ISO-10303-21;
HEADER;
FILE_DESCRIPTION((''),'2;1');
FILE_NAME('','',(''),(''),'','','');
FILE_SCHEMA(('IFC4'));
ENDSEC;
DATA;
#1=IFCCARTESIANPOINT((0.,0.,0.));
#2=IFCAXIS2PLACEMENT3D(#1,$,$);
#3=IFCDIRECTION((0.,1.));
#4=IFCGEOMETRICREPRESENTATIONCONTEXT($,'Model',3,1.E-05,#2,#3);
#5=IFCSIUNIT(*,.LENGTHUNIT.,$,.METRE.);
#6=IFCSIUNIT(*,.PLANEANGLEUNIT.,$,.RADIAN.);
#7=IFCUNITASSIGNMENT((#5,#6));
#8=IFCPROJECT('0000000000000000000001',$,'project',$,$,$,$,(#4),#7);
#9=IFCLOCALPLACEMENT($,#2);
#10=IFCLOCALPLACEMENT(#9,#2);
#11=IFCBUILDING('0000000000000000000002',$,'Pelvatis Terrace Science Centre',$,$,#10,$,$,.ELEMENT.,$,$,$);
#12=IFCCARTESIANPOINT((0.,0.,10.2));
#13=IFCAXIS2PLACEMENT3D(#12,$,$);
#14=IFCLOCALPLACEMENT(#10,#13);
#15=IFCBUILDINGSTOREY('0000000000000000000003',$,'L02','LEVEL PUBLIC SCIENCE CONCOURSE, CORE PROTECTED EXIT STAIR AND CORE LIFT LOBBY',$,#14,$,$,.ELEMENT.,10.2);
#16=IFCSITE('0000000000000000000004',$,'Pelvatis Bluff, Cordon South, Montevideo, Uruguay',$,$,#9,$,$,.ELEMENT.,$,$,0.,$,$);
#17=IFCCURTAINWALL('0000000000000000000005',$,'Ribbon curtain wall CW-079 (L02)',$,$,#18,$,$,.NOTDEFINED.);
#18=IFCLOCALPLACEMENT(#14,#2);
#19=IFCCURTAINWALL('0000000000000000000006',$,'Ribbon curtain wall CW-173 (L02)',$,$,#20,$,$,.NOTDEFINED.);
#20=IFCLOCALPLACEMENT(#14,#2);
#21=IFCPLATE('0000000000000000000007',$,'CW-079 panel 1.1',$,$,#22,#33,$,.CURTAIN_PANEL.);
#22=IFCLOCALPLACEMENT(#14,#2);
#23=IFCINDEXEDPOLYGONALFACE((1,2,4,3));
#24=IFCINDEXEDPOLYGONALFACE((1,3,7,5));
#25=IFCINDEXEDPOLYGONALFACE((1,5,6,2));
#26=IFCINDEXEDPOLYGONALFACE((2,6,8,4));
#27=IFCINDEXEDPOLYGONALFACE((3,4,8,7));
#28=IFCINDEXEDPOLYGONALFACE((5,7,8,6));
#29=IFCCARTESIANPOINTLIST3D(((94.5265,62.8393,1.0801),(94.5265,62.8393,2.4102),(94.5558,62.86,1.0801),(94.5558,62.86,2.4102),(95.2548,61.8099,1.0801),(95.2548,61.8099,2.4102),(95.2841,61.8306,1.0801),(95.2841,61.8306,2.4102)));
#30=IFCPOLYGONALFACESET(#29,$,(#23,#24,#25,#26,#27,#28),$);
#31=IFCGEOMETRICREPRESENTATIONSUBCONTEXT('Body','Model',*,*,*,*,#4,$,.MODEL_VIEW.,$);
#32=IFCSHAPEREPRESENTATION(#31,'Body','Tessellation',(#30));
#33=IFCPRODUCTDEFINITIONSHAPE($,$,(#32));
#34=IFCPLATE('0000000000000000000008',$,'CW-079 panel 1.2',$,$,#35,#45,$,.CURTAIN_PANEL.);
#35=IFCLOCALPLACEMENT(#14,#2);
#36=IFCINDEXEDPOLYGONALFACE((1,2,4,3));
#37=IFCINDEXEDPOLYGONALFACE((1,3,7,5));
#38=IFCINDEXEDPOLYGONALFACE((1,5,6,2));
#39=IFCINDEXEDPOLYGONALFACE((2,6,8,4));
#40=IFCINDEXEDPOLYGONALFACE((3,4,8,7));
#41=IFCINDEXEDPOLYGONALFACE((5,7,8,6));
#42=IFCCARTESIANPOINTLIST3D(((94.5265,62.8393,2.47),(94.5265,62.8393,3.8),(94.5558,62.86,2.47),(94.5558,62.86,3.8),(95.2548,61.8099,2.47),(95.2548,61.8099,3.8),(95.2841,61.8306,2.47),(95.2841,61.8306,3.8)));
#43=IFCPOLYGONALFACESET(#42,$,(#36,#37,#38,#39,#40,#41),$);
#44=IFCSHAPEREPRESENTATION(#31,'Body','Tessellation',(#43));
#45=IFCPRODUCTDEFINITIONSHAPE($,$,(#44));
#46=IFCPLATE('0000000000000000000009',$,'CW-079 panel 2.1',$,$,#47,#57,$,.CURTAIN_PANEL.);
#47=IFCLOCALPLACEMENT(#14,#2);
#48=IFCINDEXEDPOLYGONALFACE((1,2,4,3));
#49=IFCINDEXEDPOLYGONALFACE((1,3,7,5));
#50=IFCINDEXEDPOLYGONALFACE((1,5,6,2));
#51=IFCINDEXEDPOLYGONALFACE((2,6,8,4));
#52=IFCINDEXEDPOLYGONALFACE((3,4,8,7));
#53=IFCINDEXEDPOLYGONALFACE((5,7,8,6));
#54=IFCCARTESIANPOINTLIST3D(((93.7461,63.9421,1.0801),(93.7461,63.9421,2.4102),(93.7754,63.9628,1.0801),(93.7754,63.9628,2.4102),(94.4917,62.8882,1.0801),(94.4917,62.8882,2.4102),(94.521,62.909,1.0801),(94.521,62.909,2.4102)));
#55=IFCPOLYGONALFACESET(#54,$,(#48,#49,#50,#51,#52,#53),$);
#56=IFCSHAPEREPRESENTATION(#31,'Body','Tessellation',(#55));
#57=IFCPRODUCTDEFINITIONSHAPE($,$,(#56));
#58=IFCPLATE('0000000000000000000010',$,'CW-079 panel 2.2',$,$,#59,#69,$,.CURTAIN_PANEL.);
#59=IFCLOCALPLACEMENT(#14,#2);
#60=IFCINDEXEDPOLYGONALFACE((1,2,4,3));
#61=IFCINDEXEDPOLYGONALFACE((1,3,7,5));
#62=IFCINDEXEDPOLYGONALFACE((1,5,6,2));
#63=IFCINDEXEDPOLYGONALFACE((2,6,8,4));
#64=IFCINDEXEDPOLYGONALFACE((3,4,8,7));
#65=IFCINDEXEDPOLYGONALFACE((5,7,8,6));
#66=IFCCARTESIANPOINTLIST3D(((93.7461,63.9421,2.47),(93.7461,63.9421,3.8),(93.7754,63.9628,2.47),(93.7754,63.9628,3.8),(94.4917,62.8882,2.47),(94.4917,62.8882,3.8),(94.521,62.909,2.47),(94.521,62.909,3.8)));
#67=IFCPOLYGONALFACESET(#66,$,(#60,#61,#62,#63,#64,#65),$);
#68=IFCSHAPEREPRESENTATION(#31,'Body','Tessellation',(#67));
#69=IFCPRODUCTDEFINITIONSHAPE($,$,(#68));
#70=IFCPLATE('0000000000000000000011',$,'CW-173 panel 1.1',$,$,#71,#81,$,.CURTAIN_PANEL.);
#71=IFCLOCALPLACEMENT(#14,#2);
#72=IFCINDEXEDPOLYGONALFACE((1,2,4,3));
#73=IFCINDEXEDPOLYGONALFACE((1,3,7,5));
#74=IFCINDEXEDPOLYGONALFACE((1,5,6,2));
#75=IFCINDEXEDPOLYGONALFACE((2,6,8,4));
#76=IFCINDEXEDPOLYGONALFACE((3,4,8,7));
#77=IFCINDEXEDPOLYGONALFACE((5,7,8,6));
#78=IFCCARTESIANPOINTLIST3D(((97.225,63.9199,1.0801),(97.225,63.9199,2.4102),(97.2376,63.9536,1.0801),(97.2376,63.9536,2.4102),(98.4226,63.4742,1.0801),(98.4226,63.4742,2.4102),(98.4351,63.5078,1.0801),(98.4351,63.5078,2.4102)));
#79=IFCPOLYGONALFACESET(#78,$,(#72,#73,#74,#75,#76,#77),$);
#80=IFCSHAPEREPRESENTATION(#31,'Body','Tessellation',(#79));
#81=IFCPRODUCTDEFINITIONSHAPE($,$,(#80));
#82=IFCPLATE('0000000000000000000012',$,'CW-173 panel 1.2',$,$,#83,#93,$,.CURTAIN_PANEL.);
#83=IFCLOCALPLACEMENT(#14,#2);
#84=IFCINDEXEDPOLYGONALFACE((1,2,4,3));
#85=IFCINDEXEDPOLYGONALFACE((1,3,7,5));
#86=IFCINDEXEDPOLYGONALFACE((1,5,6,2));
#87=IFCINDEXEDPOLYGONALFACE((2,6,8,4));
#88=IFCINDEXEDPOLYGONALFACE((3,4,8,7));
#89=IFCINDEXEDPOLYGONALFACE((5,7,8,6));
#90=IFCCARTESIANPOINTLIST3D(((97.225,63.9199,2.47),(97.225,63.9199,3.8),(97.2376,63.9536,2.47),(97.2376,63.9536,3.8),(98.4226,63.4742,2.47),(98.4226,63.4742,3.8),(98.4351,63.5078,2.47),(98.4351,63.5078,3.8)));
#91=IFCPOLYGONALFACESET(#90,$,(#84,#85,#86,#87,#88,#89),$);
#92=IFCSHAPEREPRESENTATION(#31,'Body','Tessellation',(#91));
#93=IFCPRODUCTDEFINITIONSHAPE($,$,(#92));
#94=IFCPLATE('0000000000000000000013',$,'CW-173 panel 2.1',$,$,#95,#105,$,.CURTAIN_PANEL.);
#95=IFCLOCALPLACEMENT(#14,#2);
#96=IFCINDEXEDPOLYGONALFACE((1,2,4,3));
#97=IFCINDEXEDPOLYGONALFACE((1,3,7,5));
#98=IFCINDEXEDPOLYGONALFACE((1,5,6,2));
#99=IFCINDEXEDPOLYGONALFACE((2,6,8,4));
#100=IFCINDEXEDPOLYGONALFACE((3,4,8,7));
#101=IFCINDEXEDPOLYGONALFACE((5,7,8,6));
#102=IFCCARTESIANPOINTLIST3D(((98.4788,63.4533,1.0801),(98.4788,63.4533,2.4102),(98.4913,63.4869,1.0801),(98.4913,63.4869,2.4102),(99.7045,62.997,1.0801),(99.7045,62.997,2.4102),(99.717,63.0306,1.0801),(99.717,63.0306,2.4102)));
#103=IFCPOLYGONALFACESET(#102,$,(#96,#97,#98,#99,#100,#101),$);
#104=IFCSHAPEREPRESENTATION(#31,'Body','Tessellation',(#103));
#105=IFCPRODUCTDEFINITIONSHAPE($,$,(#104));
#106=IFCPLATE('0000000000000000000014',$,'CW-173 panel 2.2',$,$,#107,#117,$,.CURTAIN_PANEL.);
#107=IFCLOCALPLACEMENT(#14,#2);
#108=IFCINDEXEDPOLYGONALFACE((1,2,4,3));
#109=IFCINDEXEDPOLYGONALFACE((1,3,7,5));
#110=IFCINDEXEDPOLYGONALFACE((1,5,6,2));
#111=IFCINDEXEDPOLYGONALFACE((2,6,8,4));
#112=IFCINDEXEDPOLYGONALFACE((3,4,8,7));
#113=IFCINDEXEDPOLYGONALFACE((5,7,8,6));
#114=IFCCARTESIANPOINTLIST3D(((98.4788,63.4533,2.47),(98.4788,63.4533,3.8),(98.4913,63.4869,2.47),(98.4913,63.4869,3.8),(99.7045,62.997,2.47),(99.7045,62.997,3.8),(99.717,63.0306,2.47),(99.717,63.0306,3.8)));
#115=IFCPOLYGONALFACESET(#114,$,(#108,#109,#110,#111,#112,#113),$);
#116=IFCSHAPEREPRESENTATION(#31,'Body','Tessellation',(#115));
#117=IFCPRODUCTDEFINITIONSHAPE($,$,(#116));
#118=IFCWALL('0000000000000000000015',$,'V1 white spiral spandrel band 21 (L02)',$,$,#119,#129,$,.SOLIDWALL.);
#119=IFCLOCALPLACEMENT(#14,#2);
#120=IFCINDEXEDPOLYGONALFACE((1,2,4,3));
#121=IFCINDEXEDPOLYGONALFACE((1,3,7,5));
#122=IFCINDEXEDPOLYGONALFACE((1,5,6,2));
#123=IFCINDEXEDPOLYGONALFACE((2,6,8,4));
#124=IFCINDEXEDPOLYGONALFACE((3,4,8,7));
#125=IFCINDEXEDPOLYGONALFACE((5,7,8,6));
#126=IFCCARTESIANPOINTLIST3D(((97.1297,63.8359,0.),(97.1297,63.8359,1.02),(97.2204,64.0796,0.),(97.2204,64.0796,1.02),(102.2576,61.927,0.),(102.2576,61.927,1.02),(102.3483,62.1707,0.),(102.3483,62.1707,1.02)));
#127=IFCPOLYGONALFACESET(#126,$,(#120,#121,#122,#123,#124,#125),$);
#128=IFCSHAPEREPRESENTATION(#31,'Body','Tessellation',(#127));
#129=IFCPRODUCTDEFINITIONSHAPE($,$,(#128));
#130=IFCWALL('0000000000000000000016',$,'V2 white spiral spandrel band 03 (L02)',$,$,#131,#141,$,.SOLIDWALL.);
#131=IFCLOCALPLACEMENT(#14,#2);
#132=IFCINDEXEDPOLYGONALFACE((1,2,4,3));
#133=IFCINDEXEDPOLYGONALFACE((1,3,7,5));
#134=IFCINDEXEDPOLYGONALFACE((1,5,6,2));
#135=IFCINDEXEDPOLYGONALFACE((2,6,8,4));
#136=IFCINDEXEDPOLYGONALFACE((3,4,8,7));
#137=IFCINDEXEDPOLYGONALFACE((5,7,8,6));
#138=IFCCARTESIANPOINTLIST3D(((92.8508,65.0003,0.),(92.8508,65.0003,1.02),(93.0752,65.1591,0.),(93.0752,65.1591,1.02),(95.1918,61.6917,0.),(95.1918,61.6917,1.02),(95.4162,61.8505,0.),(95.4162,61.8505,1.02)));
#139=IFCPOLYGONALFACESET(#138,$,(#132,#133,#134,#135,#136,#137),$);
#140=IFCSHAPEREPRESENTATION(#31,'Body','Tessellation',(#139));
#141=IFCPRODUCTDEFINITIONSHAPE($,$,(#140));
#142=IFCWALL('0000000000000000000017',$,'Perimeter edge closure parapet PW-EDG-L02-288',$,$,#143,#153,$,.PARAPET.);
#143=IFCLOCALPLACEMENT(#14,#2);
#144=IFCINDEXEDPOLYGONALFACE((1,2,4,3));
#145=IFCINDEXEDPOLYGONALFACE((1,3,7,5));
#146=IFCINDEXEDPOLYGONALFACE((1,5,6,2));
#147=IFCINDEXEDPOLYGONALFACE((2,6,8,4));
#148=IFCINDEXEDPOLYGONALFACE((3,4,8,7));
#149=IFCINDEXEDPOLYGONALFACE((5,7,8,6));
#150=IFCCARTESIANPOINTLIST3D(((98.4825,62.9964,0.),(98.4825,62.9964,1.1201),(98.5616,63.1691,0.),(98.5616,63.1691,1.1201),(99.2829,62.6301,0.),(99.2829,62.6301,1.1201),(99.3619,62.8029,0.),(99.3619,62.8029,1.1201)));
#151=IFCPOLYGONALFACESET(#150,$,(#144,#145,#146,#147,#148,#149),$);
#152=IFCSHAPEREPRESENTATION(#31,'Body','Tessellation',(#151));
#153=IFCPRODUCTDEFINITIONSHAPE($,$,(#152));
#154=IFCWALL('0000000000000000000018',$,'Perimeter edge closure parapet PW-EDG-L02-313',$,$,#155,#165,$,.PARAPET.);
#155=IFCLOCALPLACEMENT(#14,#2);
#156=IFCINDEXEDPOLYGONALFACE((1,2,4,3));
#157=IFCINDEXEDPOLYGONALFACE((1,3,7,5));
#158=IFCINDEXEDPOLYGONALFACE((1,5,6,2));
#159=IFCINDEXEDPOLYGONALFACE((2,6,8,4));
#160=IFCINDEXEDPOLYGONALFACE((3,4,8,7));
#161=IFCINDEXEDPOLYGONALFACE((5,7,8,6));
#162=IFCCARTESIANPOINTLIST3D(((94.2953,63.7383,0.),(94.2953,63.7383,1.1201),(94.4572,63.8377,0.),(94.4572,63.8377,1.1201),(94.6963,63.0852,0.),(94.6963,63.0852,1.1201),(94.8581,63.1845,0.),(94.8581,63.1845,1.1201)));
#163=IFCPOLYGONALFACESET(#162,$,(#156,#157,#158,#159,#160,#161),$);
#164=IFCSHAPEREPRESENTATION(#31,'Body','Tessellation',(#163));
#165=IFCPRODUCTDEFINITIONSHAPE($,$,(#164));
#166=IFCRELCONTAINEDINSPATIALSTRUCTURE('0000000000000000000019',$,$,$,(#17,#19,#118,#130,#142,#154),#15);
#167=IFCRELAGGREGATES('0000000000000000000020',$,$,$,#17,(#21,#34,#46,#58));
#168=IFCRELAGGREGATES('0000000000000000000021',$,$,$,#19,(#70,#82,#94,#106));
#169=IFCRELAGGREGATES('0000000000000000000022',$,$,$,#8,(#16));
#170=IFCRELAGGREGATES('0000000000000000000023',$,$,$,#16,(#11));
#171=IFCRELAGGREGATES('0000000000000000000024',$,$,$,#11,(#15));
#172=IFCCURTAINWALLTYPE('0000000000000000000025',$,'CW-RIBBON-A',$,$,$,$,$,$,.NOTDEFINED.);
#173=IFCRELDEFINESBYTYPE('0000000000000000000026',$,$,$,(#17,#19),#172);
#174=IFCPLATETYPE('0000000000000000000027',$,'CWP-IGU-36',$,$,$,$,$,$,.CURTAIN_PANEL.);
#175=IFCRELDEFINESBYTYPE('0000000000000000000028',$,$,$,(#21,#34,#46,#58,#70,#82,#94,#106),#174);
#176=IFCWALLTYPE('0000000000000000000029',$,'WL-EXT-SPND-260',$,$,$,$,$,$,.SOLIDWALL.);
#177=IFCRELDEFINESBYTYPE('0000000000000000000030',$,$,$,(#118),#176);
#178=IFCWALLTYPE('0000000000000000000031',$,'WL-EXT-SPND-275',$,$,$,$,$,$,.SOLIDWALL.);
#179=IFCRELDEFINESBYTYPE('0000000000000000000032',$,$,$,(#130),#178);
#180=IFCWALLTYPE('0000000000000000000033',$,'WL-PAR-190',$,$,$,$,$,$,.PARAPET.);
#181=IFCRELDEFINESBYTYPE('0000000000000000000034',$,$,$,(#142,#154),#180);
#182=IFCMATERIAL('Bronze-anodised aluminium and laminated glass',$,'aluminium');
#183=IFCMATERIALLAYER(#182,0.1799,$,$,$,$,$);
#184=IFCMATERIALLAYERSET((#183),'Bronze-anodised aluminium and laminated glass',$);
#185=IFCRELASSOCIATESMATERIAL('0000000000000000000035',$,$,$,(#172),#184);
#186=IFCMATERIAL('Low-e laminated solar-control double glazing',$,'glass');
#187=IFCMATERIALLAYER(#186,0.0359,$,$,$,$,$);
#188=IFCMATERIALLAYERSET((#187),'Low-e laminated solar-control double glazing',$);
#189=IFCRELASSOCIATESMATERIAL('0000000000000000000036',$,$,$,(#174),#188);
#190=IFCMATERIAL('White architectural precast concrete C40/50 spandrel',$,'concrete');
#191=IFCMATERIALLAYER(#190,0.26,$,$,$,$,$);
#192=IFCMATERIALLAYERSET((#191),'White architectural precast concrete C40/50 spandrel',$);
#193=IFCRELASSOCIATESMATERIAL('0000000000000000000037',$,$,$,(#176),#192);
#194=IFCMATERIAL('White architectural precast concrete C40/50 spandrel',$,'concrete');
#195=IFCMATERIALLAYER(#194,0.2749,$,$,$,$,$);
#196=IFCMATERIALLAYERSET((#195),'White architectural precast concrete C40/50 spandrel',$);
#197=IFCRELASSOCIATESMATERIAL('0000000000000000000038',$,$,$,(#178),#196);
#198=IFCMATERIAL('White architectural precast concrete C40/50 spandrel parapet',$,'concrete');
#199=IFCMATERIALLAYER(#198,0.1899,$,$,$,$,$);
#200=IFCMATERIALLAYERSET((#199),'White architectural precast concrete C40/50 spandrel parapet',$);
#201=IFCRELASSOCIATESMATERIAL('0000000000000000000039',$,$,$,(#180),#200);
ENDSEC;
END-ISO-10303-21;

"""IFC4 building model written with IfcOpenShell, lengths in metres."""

from ifc_helpers import new_model, si_unit, direction, frame, frame_2d, origin, origin_2d, place, context, subcontext, project, spatial, rectangle, extrude, material, layer, layer_set, type_object, element, aggregate, save


model = new_model("IFC4")

# Units and contexts
model_context = context("Model", 3, precision=1e-05, world=origin(), true_north=direction((0.0, 1.0)))
body_context = subcontext(model_context, "Body", "Model", "MODEL_VIEW")
ifc_project = project(units=[si_unit("LENGTHUNIT", "METRE"), si_unit("PLANEANGLEUNIT", "RADIAN")], contexts=[model_context])

# Site, building, storey
site_placement = place(None, origin())
site = spatial("IfcSite", under=ifc_project, at=site_placement, Name="Pelvatis Bluff, Cordon South, Montevideo, Uruguay", CompositionType="ELEMENT", RefElevation=0.0)
building_placement = place(site_placement, origin())
building = spatial("IfcBuilding", under=site, at=building_placement, Name="Pelvatis Terrace Science Centre", CompositionType="ELEMENT")
storey_placement = place(building_placement, frame((0.0, 0.0, 10.2)))
storey = spatial("IfcBuildingStorey", under=building, at=storey_placement, Name="L02", Description="LEVEL PUBLIC SCIENCE CONCOURSE, CORE PROTECTED EXIT STAIR AND CORE LIFT LOBBY", CompositionType="ELEMENT", Elevation=10.2)

# Shared definitions
ifc_material_1 = material(Name="Bronze-anodised aluminium and laminated glass", Category="aluminium")
ifc_layer_1 = layer(ifc_material_1, 0.1799)
ifc_layer_set_1 = layer_set([ifc_layer_1], Name="Bronze-anodised aluminium and laminated glass")
curtain_wall_type = type_object("IfcCurtainWallType", Name="CW-RIBBON-A", PredefinedType="NOTDEFINED", material=ifc_layer_set_1)

# Curtain walls
curtain_wall_1_placement = place(storey_placement, origin())
curtain_wall_1 = element("IfcCurtainWall", 1, at=curtain_wall_1_placement, inside=storey, type_object=curtain_wall_type, Name="Ribbon curtain wall CW-079 (L02)", PredefinedType="NOTDEFINED")
curtain_wall_2_placement = place(storey_placement, origin())
curtain_wall_2 = element("IfcCurtainWall", 2, at=curtain_wall_2_placement, inside=storey, type_object=curtain_wall_type, Name="Ribbon curtain wall CW-173 (L02)", PredefinedType="NOTDEFINED")

# Plates
ifc_material_2 = material(Name="Low-e laminated solar-control double glazing", Category="glass")
ifc_layer_2 = layer(ifc_material_2, 0.0359)
ifc_layer_set_2 = layer_set([ifc_layer_2], Name="Low-e laminated solar-control double glazing")
plate_type = type_object("IfcPlateType", Name="CWP-IGU-36", PredefinedType="CURTAIN_PANEL", material=ifc_layer_set_2)
plate_1_placement = place(storey_placement, frame((94.9053, 62.335, 1.0801), z_axis=(0.0, 0.0, 1.0), x_axis=(-0.577591, 0.816326, 0.0)))
plate_1 = element("IfcPlate", 3, at=plate_1_placement, type_object=plate_type, Name="CW-079 panel 1.1", PredefinedType="CURTAIN_PANEL", context=body_context, shape_type="SweptSolid", body=[
    extrude(rectangle(XDim=1.261, YDim=0.0359, at=origin_2d()), origin(), (0.0, 0.0, 1.0), 1.3301),
])
plate_2_placement = place(storey_placement, frame((94.9053, 62.335, 2.47), z_axis=(0.0, 0.0, 1.0), x_axis=(-0.577591, 0.816326, 0.0)))
plate_2 = element("IfcPlate", 4, at=plate_2_placement, type_object=plate_type, Name="CW-079 panel 1.2", PredefinedType="CURTAIN_PANEL", context=body_context, shape_type="SweptSolid", body=[
    extrude(rectangle(XDim=1.261, YDim=0.0359, at=origin_2d()), origin(), (0.0, 0.0, 1.0), 1.3301),
])
plate_3_placement = place(storey_placement, frame((94.1335, 63.4255, 1.0801), z_axis=(0.0, 0.0, 1.0), x_axis=(-0.577591, 0.816326, 0.0)))
plate_3 = element("IfcPlate", 5, at=plate_3_placement, type_object=plate_type, Name="CW-079 panel 2.1", PredefinedType="CURTAIN_PANEL", context=body_context, shape_type="SweptSolid", body=[
    extrude(rectangle(XDim=1.291, YDim=0.0359, at=origin_2d()), origin(), (0.0, 0.0, 1.0), 1.3301),
])
plate_4_placement = place(storey_placement, frame((94.1335, 63.4255, 2.47), z_axis=(0.0, 0.0, 1.0), x_axis=(-0.577591, 0.816326, 0.0)))
plate_4 = element("IfcPlate", 6, at=plate_4_placement, type_object=plate_type, Name="CW-079 panel 2.2", PredefinedType="CURTAIN_PANEL", context=body_context, shape_type="SweptSolid", body=[
    extrude(rectangle(XDim=1.291, YDim=0.0359, at=origin_2d()), origin(), (0.0, 0.0, 1.0), 1.3301),
])
aggregate(curtain_wall_1, [plate_1, plate_2, plate_3, plate_4])
plate_5_placement = place(storey_placement, frame((97.8301, 63.7139, 1.0801), z_axis=(0.0, 0.0, 1.0), x_axis=(0.937171, -0.348869, 0.0)))
plate_5 = element("IfcPlate", 7, at=plate_5_placement, type_object=plate_type, Name="CW-173 panel 1.1", PredefinedType="CURTAIN_PANEL", context=body_context, shape_type="SweptSolid", body=[
    extrude(rectangle(XDim=1.2778, YDim=0.0359, at=origin_2d()), origin(), (0.0, 0.0, 1.0), 1.3301),
])
plate_6_placement = place(storey_placement, frame((97.8301, 63.7139, 2.47), z_axis=(0.0, 0.0, 1.0), x_axis=(0.937171, -0.348869, 0.0)))
plate_6 = element("IfcPlate", 8, at=plate_6_placement, type_object=plate_type, Name="CW-173 panel 1.2", PredefinedType="CURTAIN_PANEL", context=body_context, shape_type="SweptSolid", body=[
    extrude(rectangle(XDim=1.2778, YDim=0.0359, at=origin_2d()), origin(), (0.0, 0.0, 1.0), 1.3301),
])
plate_7_placement = place(storey_placement, frame((99.0979, 63.2419, 1.0801), z_axis=(0.0, 0.0, 1.0), x_axis=(0.937171, -0.348869, 0.0)))
plate_7 = element("IfcPlate", 9, at=plate_7_placement, type_object=plate_type, Name="CW-173 panel 2.1", PredefinedType="CURTAIN_PANEL", context=body_context, shape_type="SweptSolid", body=[
    extrude(rectangle(XDim=1.3079, YDim=0.0359, at=origin_2d()), origin(), (0.0, 0.0, 1.0), 1.3301),
])
plate_8_placement = place(storey_placement, frame((99.0979, 63.2419, 2.47), z_axis=(0.0, 0.0, 1.0), x_axis=(0.937171, -0.348869, 0.0)))
plate_8 = element("IfcPlate", 10, at=plate_8_placement, type_object=plate_type, Name="CW-173 panel 2.2", PredefinedType="CURTAIN_PANEL", context=body_context, shape_type="SweptSolid", body=[
    extrude(rectangle(XDim=1.3079, YDim=0.0359, at=origin_2d()), origin(), (0.0, 0.0, 1.0), 1.3301),
])
aggregate(curtain_wall_2, [plate_5, plate_6, plate_7, plate_8])

# Walls
ifc_material_3 = material(Name="White architectural precast concrete C40/50 spandrel", Category="concrete")
ifc_layer_3 = layer(ifc_material_3, 0.26)
ifc_layer_set_3 = layer_set([ifc_layer_3], Name="White architectural precast concrete C40/50 spandrel")
wall_type_1 = type_object("IfcWallType", Name="WL-EXT-SPND-260", PredefinedType="SOLIDWALL", material=ifc_layer_set_3)
wall_1_placement = place(storey_placement, frame((97.175, 63.9578, 0.0), z_axis=(0.0, 0.0, 1.0), x_axis=(0.93717, -0.348873, 0.0)))
element("IfcWall", 11, at=wall_1_placement, inside=storey, type_object=wall_type_1, Name="V1 white spiral spandrel band 21 (L02)", PredefinedType="SOLIDWALL", context=body_context, shape_type="SweptSolid", body=[
    extrude(rectangle(XDim=5.4717, YDim=0.26, at=frame_2d((2.7358, 0.0))), origin(), (0.0, 0.0, 1.0), 1.02),
])
ifc_material_4 = material(Name="White architectural precast concrete C40/50 spandrel", Category="concrete")
ifc_layer_4 = layer(ifc_material_4, 0.2749)
ifc_layer_set_4 = layer_set([ifc_layer_4], Name="White architectural precast concrete C40/50 spandrel")
wall_type_2 = type_object("IfcWallType", Name="WL-EXT-SPND-275", PredefinedType="SOLIDWALL", material=ifc_layer_set_4)
wall_2_placement = place(storey_placement, frame((95.304, 61.7712, 0.0), z_axis=(0.0, 0.0, 1.0), x_axis=(-0.577603, 0.816318, 0.0)))
element("IfcWall", 12, at=wall_2_placement, inside=storey, type_object=wall_type_2, Name="V2 white spiral spandrel band 03 (L02)", PredefinedType="SOLIDWALL", context=body_context, shape_type="SweptSolid", body=[
    extrude(rectangle(XDim=4.053, YDim=0.2749, at=frame_2d((2.0264, 0.0))), origin(), (0.0, 0.0, 1.0), 1.02),
])
ifc_material_5 = material(Name="White architectural precast concrete C40/50 spandrel parapet", Category="concrete")
ifc_layer_5 = layer(ifc_material_5, 0.1899)
ifc_layer_set_5 = layer_set([ifc_layer_5], Name="White architectural precast concrete C40/50 spandrel parapet")
wall_type_3 = type_object("IfcWallType", Name="WL-PAR-190", PredefinedType="PARAPET", material=ifc_layer_set_5)
wall_3_placement = place(storey_placement, frame((99.3223, 62.7166, 0.0), z_axis=(0.0, 0.0, 1.0), x_axis=(-0.909319, 0.416101, 0.0)))
element("IfcWall", 13, at=wall_3_placement, inside=storey, type_object=wall_type_3, Name="Perimeter edge closure parapet PW-EDG-L02-288", PredefinedType="PARAPET", context=body_context, shape_type="SweptSolid", body=[
    extrude(rectangle(XDim=0.8801, YDim=0.1899, at=frame_2d((0.4399, 0.0))), origin(), (0.0, 0.0, 1.0), 1.1201),
])
wall_4_placement = place(storey_placement, frame((94.3762, 63.7881, 0.0), z_axis=(0.0, 0.0, 1.0), x_axis=(0.523137, -0.852248, 0.0)))
element("IfcWall", 14, at=wall_4_placement, inside=storey, type_object=wall_type_3, Name="Perimeter edge closure parapet PW-EDG-L02-313", PredefinedType="PARAPET", context=body_context, shape_type="SweptSolid", body=[
    extrude(rectangle(XDim=0.7664, YDim=0.1899, at=frame_2d((0.3833, 0.0))), origin(), (0.0, 0.0, 1.0), 1.1201),
])

save(model, "model.ifc")
